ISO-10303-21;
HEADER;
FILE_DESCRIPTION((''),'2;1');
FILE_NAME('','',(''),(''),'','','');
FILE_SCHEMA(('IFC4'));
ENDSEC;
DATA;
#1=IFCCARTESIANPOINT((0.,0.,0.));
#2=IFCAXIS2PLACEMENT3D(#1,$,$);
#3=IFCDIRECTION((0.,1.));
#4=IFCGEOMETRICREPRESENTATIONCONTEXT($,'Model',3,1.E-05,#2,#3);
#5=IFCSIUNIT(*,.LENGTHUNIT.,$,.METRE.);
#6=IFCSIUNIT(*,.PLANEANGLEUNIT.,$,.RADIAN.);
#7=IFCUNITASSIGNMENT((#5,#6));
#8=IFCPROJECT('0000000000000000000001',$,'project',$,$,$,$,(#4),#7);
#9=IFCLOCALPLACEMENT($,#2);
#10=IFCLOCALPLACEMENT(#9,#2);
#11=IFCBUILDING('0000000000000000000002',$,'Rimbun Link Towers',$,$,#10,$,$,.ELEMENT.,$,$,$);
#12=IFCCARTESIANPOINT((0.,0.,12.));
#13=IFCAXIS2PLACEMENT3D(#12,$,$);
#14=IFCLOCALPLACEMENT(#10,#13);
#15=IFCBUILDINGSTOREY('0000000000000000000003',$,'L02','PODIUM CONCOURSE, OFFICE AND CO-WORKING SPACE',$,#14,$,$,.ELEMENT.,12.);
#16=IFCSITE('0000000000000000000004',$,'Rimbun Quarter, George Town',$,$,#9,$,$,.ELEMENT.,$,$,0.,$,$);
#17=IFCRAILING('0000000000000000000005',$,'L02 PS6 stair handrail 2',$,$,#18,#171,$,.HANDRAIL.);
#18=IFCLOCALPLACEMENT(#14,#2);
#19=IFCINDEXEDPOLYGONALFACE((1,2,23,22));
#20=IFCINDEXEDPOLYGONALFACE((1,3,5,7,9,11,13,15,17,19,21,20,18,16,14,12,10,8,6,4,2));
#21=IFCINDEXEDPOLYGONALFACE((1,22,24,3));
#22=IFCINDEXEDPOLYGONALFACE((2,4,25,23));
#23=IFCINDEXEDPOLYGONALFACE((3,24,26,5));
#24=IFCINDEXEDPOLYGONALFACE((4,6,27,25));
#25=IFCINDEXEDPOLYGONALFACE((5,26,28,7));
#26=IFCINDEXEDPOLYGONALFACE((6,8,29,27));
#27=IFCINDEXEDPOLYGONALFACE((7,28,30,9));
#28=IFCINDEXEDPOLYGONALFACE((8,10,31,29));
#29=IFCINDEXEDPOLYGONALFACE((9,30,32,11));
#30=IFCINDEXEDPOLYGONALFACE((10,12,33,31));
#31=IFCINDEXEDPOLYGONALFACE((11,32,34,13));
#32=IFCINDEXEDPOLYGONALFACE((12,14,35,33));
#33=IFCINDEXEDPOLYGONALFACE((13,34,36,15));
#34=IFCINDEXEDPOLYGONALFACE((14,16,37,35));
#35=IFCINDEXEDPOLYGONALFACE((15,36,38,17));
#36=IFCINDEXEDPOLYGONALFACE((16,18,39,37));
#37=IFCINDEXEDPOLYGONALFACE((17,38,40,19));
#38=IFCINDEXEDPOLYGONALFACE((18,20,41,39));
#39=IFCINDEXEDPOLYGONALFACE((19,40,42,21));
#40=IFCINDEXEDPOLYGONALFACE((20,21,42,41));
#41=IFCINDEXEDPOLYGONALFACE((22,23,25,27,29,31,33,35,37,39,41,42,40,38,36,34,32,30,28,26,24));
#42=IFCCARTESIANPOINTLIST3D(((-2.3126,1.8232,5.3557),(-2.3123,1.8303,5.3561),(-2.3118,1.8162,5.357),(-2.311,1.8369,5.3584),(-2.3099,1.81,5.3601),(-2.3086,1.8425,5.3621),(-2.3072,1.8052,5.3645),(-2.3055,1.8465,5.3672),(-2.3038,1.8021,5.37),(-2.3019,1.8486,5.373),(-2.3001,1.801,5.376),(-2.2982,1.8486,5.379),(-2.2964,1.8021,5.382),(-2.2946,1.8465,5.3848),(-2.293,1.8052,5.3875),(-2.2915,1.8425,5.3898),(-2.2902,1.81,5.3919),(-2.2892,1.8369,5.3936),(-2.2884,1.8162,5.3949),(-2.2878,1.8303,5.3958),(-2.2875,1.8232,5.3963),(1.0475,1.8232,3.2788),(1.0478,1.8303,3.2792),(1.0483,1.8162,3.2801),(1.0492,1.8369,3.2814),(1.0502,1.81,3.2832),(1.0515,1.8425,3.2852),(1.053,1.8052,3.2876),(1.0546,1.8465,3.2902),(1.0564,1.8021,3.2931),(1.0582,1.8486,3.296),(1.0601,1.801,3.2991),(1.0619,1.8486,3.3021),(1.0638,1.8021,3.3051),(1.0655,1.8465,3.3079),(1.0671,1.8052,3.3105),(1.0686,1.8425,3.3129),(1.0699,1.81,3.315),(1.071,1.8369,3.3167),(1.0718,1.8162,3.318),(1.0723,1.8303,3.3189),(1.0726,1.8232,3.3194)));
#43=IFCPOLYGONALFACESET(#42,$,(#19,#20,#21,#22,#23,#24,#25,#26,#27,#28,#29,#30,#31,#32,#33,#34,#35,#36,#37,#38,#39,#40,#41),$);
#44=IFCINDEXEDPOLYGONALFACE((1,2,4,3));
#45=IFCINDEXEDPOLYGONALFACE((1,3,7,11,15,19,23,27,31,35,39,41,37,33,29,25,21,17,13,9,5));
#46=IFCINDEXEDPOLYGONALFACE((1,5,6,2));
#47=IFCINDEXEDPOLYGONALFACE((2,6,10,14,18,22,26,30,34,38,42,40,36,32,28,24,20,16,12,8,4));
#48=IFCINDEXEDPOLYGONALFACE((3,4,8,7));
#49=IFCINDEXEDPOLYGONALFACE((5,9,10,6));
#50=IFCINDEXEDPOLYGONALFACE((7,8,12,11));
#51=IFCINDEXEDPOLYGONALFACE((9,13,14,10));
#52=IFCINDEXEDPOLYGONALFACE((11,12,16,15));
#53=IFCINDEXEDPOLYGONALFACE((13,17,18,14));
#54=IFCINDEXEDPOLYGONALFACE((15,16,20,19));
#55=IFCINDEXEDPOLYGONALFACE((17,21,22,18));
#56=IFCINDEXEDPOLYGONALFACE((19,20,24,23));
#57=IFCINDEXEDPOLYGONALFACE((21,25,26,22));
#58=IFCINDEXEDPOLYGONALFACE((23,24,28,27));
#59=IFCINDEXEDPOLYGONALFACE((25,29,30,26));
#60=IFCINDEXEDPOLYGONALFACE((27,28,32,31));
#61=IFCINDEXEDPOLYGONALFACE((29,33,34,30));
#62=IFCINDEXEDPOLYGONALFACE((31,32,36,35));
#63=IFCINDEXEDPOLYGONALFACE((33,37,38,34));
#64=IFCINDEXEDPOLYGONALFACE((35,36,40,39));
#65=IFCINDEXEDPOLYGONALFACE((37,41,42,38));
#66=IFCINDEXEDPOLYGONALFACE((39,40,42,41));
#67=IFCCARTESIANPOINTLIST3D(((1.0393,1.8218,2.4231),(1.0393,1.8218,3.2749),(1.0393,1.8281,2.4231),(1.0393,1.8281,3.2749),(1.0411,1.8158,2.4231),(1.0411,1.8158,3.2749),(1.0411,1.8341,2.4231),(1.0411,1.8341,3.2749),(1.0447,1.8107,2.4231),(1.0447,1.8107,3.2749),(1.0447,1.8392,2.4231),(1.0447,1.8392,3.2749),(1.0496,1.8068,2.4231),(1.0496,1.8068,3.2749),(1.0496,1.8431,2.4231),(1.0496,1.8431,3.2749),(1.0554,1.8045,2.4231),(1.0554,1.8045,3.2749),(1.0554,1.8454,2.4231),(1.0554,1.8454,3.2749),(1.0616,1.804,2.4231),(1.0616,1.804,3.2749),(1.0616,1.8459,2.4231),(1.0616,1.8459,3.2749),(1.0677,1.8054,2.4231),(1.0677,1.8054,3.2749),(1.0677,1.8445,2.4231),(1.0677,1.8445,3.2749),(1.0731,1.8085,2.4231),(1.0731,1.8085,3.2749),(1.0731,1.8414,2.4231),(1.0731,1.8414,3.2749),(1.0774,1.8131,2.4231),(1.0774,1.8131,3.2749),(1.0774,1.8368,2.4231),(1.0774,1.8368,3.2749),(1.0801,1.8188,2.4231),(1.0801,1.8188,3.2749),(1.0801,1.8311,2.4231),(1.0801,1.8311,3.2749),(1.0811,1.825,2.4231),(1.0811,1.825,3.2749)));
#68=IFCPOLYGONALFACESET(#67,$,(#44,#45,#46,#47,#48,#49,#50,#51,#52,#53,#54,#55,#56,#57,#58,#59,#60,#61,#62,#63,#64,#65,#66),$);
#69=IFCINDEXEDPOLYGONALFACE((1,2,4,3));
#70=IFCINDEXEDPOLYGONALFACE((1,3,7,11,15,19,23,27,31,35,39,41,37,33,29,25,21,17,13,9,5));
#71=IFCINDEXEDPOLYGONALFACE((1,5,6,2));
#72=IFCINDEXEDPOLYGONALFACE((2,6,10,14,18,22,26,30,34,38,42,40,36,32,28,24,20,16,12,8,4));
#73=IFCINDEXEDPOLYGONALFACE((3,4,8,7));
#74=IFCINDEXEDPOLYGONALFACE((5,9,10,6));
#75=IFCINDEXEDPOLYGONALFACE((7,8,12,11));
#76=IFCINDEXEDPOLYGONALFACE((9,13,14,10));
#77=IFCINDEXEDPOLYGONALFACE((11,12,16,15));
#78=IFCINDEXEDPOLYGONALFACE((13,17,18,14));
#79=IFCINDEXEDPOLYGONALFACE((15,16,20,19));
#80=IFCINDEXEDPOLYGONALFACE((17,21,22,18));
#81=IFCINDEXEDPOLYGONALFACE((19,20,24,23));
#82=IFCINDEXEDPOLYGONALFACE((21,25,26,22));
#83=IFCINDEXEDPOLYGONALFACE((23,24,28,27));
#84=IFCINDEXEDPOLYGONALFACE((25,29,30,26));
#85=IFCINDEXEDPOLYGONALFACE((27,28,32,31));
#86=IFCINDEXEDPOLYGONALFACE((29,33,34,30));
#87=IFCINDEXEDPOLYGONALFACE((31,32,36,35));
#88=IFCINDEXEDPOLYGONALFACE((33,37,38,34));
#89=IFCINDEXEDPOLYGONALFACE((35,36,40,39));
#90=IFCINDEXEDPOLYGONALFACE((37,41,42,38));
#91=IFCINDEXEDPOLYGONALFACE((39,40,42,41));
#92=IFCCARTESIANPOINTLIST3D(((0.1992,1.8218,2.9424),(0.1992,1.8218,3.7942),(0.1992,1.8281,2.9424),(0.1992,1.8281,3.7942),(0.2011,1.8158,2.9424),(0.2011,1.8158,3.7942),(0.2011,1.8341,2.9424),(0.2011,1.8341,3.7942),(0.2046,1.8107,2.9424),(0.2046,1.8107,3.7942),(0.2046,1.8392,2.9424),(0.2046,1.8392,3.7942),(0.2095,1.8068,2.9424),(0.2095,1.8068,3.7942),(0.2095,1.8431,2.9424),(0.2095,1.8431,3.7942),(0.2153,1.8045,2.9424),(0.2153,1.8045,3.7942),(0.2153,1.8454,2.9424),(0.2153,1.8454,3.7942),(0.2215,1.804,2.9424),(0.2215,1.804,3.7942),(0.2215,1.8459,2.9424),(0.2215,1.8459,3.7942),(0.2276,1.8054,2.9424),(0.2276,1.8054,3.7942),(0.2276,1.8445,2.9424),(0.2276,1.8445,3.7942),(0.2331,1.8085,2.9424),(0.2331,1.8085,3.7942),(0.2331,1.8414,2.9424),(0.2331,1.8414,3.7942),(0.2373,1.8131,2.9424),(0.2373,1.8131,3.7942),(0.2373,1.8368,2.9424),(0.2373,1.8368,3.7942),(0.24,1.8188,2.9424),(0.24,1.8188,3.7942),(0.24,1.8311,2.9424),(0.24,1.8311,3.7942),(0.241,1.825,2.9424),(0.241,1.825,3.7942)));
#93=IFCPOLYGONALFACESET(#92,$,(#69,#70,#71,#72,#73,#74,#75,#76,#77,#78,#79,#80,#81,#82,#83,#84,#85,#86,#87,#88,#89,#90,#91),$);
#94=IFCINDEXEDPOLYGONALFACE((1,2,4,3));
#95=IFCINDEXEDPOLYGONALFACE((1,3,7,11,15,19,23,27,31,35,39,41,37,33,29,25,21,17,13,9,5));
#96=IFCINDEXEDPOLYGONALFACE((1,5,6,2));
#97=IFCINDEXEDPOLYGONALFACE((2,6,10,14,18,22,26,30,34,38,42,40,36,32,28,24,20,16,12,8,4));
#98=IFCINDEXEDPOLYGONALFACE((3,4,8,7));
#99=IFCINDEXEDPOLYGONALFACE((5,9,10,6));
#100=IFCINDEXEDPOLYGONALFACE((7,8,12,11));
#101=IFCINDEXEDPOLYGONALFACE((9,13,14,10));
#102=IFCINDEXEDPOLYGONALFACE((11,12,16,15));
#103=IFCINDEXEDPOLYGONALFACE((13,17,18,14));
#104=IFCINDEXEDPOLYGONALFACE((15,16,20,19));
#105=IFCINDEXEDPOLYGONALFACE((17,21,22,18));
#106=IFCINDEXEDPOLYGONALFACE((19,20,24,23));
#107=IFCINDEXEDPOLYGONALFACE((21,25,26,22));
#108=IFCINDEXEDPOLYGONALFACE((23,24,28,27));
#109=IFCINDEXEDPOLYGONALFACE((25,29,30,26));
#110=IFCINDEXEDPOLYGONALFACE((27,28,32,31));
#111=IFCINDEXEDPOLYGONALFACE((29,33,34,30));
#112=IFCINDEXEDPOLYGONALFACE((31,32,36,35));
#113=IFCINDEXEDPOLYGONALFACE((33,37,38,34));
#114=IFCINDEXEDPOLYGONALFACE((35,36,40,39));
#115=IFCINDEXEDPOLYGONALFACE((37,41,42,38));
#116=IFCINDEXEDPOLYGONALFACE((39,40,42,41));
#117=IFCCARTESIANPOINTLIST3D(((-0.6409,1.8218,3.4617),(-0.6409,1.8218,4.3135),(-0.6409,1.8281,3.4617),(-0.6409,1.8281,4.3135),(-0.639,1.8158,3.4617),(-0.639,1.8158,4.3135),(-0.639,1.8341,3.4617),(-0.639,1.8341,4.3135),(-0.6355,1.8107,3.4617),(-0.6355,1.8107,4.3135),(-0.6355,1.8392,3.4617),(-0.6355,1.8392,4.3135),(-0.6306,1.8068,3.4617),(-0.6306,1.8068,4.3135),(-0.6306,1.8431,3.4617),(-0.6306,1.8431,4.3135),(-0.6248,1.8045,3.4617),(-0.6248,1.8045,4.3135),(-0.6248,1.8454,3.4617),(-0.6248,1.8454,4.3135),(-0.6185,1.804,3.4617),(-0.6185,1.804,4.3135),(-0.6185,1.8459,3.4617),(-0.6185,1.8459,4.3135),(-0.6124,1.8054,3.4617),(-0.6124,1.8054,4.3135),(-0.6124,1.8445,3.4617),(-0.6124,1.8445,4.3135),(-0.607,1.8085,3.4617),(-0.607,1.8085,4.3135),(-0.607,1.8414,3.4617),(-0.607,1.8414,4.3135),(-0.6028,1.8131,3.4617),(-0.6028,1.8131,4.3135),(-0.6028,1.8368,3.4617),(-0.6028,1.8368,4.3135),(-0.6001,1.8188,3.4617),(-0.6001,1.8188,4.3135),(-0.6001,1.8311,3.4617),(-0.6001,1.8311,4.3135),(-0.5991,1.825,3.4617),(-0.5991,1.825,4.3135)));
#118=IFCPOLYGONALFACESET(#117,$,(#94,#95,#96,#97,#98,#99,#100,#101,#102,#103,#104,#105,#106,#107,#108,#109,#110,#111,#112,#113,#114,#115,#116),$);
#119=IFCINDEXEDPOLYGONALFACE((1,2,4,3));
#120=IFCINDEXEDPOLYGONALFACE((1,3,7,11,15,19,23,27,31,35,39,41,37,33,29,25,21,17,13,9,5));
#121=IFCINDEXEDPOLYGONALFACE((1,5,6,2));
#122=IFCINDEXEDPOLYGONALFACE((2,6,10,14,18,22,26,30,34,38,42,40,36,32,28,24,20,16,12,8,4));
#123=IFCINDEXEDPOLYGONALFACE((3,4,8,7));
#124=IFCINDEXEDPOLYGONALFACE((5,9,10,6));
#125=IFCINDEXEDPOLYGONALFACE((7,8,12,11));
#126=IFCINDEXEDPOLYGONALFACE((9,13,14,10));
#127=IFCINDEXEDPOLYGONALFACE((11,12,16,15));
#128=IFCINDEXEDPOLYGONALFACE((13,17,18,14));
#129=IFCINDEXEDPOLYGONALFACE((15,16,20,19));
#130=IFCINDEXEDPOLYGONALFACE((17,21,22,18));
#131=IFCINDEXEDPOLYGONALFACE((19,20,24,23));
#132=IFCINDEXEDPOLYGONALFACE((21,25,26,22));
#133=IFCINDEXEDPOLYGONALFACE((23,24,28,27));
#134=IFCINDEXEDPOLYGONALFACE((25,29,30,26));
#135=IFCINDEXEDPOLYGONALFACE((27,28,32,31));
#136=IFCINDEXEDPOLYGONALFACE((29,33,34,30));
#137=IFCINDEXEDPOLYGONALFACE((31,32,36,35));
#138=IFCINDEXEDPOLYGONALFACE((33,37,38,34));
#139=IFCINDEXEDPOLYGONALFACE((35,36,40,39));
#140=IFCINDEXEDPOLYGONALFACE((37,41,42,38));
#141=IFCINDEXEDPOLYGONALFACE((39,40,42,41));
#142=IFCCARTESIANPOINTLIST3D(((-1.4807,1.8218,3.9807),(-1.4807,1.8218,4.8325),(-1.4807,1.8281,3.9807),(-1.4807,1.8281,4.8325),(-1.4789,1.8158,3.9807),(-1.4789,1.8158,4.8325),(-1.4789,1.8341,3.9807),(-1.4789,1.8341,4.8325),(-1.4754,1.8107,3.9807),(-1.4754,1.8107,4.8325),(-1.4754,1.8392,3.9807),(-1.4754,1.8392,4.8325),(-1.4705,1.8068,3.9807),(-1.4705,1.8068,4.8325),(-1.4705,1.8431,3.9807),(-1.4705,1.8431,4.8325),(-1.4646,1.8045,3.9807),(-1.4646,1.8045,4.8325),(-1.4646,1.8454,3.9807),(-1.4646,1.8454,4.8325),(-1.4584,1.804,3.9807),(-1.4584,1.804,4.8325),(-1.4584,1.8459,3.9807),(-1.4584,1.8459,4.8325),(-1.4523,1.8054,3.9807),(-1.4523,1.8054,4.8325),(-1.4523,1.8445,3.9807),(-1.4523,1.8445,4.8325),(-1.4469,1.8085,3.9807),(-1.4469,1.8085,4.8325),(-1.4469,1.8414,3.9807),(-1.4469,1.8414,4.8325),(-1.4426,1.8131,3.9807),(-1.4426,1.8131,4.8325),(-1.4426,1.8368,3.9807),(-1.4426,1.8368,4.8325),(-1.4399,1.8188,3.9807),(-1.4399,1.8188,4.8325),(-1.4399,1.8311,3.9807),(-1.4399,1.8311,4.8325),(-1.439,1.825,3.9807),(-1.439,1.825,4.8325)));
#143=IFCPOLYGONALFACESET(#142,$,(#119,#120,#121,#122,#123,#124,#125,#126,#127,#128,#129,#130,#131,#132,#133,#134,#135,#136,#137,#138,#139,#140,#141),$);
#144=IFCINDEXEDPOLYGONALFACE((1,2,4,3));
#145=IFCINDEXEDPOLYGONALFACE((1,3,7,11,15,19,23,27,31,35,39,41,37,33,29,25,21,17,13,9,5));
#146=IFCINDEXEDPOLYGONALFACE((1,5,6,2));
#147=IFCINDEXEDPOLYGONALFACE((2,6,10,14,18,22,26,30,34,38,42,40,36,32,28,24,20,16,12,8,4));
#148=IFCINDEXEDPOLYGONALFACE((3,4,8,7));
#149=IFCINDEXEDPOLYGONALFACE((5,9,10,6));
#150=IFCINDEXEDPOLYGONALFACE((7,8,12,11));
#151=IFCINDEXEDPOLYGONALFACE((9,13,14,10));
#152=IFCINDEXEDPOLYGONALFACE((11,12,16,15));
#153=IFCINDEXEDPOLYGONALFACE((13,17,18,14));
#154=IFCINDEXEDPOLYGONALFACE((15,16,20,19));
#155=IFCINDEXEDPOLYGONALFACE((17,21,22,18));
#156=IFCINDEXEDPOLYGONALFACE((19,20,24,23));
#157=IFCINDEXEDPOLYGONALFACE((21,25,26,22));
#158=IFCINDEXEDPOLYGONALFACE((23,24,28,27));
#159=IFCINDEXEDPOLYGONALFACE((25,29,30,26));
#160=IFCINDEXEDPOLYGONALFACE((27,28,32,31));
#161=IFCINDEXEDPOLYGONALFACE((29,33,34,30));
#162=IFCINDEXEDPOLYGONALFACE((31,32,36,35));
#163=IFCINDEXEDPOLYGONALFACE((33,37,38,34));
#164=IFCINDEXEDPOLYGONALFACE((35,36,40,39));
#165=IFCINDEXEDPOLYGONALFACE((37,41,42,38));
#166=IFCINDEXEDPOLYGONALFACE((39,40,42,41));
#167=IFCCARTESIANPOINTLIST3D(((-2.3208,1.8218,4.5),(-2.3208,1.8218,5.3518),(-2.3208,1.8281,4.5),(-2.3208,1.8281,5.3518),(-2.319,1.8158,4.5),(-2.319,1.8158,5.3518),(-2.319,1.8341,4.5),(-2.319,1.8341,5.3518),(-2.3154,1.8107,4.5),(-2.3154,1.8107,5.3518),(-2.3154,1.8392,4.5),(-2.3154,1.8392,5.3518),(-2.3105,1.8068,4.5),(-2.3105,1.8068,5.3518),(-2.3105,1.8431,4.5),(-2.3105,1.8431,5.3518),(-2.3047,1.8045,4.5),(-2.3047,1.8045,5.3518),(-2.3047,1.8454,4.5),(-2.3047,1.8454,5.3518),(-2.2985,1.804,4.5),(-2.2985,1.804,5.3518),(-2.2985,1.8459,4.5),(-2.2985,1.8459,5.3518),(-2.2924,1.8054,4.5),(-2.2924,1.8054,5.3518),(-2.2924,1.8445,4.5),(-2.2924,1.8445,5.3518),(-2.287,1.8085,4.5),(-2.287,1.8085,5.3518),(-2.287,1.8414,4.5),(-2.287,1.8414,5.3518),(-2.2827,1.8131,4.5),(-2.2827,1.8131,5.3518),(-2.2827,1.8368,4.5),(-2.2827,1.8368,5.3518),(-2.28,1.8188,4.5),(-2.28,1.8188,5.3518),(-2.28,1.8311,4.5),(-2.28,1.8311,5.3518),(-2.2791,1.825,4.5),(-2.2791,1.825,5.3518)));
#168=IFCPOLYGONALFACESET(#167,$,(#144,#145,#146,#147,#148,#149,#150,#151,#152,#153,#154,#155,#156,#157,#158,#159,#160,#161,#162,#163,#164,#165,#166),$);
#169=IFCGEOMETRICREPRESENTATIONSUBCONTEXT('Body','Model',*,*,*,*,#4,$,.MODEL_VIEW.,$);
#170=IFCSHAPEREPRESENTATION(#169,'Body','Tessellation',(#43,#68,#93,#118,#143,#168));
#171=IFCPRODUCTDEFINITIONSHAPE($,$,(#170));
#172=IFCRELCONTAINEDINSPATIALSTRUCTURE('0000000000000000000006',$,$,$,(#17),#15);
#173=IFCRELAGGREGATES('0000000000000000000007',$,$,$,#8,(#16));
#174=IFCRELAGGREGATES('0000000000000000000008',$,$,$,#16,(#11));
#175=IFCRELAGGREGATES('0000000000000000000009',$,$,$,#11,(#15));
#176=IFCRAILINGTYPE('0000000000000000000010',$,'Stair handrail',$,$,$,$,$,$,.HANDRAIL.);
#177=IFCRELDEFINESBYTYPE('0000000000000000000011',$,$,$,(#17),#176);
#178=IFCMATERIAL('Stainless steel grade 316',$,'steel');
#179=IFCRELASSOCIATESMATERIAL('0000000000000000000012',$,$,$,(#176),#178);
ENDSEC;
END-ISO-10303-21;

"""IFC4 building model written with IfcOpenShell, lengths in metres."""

from ifc_helpers import new_model, si_unit, direction, frame, origin, origin_2d, place, context, subcontext, project, spatial, circle, extrude, material, type_object, element, save


model = new_model("IFC4")

# Units and contexts
model_context = context("Model", 3, precision=1e-05, world=origin(), true_north=direction((0.0, 1.0)))
body_context = subcontext(model_context, "Body", "Model", "MODEL_VIEW")
ifc_project = project(units=[si_unit("LENGTHUNIT", "METRE"), si_unit("PLANEANGLEUNIT", "RADIAN")], contexts=[model_context])

# Site, building, storey
site_placement = place(None, origin())
site = spatial("IfcSite", under=ifc_project, at=site_placement, Name="Rimbun Quarter, George Town", CompositionType="ELEMENT", RefElevation=0.0)
building_placement = place(site_placement, origin())
building = spatial("IfcBuilding", under=site, at=building_placement, Name="Rimbun Link Towers", CompositionType="ELEMENT")
storey_placement = place(building_placement, frame((0.0, 0.0, 12.0)))
storey = spatial("IfcBuildingStorey", under=building, at=storey_placement, Name="L02", Description="PODIUM CONCOURSE, OFFICE AND CO-WORKING SPACE", CompositionType="ELEMENT", Elevation=12.0)

# Railing
ifc_material_1 = material(Name="Stainless steel grade 316", Category="steel")
railing_type_1 = type_object("IfcRailingType", Name="Stair handrail", PredefinedType="HANDRAIL", material=ifc_material_1)
railing_1_placement = place(storey_placement, frame((1.0601, 1.825, 2.4231)))
element("IfcRailing", 1, at=railing_1_placement, inside=storey, type_object=railing_type_1, Name="L02 PS6 stair handrail 2", PredefinedType="HANDRAIL", context=body_context, shape_type="SweptSolid", body=[
    extrude(circle(Radius=0.0239, at=origin_2d()), frame((0.0, 0.0, 0.876), z_axis=(-0.850623, 0.0, 0.525776), x_axis=(0.0, -1.0, 0.0)), (0.0, 0.0, 1.0), 3.9502),
    extrude(circle(Radius=0.021, at=origin_2d()), origin(), (0.0, 0.0, 1.0), 0.8518),
    extrude(circle(Radius=0.021, at=origin_2d()), frame((-0.8401, 0.0, 0.5193)), (0.0, 0.0, 1.0), 0.8518),
    extrude(circle(Radius=0.021, at=origin_2d()), frame((-1.6802, 0.0, 1.0386)), (0.0, 0.0, 1.0), 0.8518),
    extrude(circle(Radius=0.021, at=origin_2d()), frame((-2.52, 0.0, 1.5576)), (0.0, 0.0, 1.0), 0.8518),
    extrude(circle(Radius=0.021, at=origin_2d()), frame((-3.3601, 0.0, 2.0769)), (0.0, 0.0, 1.0), 0.8518),
])

save(model, "model.ifc")
